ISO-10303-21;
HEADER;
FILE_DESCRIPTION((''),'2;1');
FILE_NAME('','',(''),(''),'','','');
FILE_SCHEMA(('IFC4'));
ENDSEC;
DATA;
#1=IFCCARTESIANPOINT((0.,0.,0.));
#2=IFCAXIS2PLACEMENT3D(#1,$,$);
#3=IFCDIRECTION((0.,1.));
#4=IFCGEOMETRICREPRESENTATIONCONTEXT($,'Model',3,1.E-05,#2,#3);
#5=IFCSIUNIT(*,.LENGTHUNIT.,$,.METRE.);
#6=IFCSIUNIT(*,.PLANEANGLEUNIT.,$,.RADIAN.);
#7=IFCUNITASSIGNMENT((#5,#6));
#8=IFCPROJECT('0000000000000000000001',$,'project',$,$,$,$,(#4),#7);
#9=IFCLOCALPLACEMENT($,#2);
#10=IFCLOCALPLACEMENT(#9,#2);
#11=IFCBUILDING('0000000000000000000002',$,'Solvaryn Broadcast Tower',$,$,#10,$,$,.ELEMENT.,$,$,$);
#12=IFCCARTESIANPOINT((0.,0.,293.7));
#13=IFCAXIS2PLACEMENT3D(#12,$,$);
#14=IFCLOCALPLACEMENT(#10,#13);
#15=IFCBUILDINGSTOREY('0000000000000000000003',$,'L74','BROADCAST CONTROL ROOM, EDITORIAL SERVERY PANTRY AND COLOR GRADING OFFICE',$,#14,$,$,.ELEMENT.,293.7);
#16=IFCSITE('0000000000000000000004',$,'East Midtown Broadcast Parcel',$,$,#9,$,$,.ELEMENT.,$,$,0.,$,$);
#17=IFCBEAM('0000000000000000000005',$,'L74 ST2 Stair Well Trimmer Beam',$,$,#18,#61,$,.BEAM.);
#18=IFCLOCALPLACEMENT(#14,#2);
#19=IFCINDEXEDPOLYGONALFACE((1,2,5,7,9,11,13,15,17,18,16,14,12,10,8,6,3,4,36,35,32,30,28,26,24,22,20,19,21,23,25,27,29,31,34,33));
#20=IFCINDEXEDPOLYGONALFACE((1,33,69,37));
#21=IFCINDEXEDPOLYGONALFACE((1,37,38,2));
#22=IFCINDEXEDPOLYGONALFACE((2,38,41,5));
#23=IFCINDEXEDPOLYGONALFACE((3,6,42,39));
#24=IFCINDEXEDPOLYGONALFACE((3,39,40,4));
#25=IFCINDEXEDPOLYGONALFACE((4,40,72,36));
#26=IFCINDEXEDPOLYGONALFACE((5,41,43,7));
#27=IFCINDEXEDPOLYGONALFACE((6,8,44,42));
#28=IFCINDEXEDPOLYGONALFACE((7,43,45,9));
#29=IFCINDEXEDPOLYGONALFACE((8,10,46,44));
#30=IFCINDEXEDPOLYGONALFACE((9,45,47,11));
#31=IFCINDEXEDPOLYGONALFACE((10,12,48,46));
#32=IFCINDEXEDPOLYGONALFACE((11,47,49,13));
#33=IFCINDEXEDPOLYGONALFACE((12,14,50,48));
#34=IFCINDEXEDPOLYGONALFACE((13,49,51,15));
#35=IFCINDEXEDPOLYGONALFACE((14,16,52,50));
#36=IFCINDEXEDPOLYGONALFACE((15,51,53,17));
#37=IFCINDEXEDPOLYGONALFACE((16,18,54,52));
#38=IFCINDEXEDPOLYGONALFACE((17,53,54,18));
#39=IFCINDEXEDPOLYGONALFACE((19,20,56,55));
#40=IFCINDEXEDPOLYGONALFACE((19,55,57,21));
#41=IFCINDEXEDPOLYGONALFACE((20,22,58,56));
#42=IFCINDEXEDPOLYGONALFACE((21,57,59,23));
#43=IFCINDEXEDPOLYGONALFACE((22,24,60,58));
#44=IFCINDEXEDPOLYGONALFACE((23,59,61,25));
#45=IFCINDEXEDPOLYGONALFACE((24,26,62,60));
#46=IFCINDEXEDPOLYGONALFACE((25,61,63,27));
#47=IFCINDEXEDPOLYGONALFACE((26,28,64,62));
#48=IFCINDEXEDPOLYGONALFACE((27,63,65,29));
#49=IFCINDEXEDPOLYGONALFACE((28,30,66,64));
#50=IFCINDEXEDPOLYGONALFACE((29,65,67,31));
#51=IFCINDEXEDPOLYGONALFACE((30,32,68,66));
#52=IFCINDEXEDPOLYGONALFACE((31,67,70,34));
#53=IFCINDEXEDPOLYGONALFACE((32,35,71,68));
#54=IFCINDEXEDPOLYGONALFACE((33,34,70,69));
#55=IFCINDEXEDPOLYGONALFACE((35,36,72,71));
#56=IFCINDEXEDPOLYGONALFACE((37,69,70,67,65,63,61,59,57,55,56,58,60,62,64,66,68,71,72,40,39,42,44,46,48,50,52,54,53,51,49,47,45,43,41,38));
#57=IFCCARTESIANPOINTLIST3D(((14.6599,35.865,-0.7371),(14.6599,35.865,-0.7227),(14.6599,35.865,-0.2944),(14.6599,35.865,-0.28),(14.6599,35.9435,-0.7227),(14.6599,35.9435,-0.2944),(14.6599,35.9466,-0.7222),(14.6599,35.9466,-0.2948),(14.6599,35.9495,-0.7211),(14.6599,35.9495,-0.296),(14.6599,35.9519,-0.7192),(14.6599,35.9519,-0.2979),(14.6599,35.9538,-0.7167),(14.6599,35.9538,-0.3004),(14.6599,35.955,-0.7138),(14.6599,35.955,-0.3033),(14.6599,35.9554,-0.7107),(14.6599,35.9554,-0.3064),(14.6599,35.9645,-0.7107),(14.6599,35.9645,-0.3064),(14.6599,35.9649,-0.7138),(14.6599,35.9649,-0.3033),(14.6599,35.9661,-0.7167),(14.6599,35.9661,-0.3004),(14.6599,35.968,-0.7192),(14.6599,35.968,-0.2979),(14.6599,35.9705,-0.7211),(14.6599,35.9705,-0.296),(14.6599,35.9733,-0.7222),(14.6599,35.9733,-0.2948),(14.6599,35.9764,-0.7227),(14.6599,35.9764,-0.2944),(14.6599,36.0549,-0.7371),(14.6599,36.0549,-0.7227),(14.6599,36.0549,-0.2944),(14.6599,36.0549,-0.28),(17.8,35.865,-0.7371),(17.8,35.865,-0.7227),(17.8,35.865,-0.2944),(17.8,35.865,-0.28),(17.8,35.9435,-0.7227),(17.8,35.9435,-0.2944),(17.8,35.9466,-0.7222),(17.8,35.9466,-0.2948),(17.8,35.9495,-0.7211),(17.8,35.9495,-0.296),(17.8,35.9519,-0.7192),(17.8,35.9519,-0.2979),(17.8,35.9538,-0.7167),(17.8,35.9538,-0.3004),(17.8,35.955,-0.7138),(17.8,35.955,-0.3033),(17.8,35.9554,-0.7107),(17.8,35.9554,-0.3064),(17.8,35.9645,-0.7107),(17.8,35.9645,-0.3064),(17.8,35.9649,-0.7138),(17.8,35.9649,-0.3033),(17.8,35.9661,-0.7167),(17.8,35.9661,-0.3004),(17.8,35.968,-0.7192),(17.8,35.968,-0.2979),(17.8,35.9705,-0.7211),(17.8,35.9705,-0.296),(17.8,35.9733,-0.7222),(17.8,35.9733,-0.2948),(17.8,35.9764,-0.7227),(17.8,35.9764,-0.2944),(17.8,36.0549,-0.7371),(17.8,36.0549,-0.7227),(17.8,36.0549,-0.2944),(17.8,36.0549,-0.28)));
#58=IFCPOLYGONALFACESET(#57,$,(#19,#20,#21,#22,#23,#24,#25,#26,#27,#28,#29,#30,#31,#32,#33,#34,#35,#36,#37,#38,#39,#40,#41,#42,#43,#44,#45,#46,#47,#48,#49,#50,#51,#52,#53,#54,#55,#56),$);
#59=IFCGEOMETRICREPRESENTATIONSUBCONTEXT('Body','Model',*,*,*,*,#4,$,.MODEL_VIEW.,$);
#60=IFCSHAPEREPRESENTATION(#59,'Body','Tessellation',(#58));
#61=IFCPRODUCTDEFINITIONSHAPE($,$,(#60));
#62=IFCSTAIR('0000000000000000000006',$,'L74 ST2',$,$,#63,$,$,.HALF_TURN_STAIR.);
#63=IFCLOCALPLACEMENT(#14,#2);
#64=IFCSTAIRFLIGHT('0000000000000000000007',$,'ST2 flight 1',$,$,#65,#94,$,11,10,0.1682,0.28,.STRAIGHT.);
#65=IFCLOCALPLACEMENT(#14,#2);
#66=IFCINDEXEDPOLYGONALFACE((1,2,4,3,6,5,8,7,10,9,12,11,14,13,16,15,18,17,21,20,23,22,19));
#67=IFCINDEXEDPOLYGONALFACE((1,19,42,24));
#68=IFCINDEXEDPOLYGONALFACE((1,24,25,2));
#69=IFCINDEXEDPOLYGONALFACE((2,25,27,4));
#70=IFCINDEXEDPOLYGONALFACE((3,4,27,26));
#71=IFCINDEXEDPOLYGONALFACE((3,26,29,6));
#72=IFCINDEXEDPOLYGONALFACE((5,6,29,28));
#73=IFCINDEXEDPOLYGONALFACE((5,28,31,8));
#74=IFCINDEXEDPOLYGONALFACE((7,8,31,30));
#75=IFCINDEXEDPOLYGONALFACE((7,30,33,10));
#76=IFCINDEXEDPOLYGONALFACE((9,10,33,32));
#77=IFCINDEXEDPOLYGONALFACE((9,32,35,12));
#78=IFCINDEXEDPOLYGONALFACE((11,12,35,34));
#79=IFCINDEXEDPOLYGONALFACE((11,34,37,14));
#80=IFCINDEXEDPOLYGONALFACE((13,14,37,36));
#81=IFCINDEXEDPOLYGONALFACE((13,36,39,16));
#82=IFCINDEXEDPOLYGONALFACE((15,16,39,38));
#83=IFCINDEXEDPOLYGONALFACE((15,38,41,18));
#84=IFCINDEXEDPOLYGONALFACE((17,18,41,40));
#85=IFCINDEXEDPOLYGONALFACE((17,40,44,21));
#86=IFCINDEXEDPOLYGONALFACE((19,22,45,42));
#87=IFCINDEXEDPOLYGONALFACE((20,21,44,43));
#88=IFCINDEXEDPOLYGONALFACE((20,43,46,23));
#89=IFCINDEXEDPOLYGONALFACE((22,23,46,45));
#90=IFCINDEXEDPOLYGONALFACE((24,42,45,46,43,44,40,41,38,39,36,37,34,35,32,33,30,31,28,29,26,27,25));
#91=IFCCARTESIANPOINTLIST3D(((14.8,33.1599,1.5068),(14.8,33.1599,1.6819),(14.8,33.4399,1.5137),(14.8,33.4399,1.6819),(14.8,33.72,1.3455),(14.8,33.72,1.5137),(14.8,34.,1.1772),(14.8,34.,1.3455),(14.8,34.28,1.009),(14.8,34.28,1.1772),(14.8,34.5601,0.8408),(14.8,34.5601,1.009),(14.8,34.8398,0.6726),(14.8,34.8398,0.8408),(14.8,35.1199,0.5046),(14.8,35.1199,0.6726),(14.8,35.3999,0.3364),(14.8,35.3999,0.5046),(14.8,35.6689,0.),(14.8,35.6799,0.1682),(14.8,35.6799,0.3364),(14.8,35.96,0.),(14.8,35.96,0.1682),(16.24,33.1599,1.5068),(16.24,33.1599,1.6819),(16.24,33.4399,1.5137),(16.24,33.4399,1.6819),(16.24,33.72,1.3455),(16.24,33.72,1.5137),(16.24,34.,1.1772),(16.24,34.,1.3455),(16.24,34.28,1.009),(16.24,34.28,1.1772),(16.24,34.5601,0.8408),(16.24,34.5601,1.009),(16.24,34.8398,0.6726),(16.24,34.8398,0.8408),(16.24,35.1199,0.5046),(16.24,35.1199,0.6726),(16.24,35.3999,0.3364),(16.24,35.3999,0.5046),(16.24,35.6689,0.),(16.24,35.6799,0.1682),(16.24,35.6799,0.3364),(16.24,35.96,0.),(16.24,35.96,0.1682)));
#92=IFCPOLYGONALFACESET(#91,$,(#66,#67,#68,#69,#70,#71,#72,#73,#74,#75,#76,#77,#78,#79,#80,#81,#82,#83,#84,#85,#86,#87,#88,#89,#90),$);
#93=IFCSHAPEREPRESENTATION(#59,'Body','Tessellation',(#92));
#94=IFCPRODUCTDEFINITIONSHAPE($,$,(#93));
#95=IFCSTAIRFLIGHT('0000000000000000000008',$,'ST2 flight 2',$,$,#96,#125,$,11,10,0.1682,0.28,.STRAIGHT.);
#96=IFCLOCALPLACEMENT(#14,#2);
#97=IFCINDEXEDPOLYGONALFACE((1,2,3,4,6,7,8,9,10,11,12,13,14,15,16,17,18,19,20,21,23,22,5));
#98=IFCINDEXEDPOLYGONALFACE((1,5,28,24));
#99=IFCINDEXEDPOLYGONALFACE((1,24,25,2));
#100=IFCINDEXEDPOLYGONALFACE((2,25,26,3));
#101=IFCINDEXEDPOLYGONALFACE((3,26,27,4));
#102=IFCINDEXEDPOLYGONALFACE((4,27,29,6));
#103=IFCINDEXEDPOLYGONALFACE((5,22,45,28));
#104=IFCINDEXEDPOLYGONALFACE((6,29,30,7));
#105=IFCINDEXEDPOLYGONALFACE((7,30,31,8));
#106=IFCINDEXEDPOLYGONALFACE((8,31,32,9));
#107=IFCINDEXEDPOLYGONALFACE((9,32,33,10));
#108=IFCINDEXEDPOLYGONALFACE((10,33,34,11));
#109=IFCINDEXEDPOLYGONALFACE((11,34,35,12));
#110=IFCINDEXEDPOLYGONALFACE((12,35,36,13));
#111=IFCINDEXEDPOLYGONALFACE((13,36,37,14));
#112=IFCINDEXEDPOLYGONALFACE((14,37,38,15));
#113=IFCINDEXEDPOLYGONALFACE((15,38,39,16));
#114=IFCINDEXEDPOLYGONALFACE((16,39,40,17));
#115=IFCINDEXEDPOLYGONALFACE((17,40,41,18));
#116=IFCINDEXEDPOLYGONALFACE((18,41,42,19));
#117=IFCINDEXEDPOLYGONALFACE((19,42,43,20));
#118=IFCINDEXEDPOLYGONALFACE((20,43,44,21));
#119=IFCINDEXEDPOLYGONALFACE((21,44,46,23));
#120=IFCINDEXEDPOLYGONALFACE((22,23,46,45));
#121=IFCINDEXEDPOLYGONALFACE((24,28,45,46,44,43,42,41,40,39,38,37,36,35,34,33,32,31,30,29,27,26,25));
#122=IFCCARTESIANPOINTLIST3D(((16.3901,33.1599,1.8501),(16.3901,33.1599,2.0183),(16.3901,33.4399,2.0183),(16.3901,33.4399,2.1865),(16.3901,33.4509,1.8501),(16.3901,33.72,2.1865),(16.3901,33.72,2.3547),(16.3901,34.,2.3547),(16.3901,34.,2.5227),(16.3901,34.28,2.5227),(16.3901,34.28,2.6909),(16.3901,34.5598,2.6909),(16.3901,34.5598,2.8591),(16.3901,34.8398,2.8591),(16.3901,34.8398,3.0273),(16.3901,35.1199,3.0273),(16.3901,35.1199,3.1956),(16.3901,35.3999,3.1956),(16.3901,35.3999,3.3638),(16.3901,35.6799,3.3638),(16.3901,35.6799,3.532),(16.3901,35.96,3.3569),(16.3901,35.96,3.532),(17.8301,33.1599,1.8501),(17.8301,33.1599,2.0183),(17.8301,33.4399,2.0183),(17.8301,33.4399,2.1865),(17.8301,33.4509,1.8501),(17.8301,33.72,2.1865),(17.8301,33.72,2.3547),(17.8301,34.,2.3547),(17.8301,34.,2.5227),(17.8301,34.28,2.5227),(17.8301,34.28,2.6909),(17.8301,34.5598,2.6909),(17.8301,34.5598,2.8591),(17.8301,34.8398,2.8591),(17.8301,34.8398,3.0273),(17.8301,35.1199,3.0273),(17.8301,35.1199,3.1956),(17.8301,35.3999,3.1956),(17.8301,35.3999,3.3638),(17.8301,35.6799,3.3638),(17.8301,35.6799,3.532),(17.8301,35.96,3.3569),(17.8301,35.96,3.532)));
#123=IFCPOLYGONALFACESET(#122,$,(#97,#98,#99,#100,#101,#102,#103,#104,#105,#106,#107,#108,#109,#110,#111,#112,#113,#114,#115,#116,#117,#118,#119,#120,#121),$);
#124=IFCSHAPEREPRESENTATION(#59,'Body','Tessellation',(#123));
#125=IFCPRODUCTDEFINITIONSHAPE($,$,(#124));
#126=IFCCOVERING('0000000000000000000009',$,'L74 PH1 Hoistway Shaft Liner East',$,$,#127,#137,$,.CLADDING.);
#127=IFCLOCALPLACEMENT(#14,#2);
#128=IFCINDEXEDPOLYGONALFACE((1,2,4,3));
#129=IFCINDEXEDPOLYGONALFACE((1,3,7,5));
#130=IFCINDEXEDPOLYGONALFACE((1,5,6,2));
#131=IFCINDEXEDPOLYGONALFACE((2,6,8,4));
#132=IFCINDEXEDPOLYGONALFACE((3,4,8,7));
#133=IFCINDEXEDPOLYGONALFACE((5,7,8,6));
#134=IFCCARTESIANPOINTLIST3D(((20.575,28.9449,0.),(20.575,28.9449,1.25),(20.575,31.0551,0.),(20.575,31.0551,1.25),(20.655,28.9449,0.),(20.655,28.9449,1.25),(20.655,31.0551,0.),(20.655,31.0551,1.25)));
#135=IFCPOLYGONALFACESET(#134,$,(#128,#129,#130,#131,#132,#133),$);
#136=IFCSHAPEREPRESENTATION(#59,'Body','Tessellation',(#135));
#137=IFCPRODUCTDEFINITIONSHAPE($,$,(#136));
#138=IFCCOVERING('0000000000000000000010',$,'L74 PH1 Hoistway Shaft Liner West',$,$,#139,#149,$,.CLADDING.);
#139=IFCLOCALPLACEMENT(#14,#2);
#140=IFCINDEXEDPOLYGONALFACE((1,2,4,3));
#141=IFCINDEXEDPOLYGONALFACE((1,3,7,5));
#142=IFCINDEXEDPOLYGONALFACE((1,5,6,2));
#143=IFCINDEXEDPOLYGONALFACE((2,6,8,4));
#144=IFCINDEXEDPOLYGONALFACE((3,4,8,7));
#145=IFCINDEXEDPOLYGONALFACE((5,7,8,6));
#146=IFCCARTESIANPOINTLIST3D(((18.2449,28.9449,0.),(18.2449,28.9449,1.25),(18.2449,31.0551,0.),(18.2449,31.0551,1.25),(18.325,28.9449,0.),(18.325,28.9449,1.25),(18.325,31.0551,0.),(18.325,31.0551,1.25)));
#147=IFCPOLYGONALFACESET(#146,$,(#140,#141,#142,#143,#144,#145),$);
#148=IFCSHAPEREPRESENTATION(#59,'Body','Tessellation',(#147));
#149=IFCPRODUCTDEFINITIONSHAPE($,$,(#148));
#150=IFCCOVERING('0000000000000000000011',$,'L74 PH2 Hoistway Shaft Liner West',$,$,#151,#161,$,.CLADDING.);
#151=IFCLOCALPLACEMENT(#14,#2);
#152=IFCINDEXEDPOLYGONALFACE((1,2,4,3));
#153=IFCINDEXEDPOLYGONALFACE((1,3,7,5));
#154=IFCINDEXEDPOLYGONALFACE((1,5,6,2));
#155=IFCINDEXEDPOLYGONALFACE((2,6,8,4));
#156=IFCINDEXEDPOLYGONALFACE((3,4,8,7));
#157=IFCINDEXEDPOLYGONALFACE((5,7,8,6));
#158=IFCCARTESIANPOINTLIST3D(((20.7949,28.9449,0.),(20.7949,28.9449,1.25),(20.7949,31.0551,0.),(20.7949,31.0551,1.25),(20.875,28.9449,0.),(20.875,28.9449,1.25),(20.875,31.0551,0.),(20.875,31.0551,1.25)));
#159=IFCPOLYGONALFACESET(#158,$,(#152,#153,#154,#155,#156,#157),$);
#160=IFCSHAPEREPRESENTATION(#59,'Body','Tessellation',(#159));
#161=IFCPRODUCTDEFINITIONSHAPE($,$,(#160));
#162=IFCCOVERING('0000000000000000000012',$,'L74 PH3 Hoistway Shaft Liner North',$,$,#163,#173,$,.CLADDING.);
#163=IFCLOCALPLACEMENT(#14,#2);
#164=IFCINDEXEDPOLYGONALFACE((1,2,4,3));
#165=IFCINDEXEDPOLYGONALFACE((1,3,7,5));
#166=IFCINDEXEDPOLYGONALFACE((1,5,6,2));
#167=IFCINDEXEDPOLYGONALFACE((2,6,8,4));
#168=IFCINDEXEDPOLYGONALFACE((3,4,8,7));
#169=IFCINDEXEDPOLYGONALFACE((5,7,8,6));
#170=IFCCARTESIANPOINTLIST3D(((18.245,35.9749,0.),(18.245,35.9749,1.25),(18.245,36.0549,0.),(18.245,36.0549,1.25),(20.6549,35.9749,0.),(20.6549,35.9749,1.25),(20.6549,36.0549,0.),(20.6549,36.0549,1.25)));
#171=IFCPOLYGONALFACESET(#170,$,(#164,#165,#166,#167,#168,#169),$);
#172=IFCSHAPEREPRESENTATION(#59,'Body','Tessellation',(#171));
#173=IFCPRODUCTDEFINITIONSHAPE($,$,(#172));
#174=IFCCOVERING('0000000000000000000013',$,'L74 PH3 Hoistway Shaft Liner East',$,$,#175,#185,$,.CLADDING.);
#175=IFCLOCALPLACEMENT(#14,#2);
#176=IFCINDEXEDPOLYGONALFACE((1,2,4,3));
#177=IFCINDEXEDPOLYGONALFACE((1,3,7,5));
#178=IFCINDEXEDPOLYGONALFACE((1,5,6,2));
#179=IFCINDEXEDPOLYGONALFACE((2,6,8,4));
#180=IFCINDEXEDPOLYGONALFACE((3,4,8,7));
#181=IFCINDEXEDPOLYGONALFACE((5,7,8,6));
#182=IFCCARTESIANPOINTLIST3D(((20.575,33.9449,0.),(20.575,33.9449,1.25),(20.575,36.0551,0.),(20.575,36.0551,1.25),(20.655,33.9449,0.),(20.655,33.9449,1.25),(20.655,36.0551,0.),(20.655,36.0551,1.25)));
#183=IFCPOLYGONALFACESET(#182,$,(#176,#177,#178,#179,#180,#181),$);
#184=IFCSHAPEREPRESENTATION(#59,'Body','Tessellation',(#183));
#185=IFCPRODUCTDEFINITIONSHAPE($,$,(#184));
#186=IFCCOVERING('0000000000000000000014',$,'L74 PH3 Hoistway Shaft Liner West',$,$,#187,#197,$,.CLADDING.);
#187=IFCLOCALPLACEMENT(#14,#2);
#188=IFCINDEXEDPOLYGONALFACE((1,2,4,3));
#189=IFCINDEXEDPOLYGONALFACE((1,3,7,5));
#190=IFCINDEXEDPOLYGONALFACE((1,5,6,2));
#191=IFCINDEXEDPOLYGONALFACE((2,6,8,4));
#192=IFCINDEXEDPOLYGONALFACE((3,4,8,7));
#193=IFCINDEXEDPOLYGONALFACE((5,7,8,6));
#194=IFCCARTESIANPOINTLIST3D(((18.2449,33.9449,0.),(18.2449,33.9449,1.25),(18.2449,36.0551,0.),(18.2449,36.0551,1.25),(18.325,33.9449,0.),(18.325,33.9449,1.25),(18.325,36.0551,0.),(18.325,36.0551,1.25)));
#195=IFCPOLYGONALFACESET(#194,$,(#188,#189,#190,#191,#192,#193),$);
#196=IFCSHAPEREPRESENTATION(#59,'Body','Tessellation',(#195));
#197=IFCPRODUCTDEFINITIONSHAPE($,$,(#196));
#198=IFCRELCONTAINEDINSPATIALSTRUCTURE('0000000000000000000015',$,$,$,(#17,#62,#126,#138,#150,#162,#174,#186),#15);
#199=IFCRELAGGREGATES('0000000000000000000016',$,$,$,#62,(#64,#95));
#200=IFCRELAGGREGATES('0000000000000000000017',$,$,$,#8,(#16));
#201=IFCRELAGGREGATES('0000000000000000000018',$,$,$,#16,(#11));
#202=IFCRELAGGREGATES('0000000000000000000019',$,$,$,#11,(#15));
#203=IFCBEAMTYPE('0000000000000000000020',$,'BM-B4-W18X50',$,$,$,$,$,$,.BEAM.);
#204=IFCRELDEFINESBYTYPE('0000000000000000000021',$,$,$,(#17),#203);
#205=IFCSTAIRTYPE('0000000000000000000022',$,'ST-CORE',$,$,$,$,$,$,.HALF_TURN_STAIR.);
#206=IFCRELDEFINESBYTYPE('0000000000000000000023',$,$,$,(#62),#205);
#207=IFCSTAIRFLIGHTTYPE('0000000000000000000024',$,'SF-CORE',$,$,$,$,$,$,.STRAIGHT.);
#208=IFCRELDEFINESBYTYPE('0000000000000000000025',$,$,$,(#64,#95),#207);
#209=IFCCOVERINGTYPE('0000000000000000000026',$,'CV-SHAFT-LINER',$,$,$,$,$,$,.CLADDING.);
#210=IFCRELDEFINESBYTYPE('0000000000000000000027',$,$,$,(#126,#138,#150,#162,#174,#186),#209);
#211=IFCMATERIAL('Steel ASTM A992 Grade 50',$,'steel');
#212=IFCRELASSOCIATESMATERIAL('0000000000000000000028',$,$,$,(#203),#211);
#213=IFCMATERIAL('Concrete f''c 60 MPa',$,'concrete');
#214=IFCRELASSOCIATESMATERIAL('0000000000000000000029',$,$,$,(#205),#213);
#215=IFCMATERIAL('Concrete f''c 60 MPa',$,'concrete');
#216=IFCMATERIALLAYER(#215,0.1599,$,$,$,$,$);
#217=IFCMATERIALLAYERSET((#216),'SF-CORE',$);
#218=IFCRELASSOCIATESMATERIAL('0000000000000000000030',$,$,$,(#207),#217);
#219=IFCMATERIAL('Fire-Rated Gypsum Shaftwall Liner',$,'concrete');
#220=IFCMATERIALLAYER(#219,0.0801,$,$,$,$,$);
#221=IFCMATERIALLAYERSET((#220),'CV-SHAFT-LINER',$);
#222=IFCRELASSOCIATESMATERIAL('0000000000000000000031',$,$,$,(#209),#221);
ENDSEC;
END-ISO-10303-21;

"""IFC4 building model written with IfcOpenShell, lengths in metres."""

from ifc_helpers import new_model, si_unit, direction, frame, origin, origin_2d, place, context, subcontext, project, spatial, polyline, rectangle, i_section, outline, extrude, material, layer, layer_set, material_profile, profile_set, type_object, element, aggregate, save


model = new_model("IFC4")

# Units and contexts
model_context = context("Model", 3, precision=1e-05, world=origin(), true_north=direction((0.0, 1.0)))
body_context = subcontext(model_context, "Body", "Model", "MODEL_VIEW")
ifc_project = project(units=[si_unit("LENGTHUNIT", "METRE"), si_unit("PLANEANGLEUNIT", "RADIAN")], contexts=[model_context])

# Site, building, storey
site_placement = place(None, origin())
site = spatial("IfcSite", under=ifc_project, at=site_placement, Name="East Midtown Broadcast Parcel", CompositionType="ELEMENT", RefElevation=0.0)
building_placement = place(site_placement, origin())
building = spatial("IfcBuilding", under=site, at=building_placement, Name="Solvaryn Broadcast Tower", CompositionType="ELEMENT")
storey_placement = place(building_placement, frame((0.0, 0.0, 293.7)))
storey = spatial("IfcBuildingStorey", under=building, at=storey_placement, Name="L74", Description="BROADCAST CONTROL ROOM, EDITORIAL SERVERY PANTRY AND COLOR GRADING OFFICE", CompositionType="ELEMENT", Elevation=293.7)

# Beam
ifc_material_1 = material(Name="Steel ASTM A992 Grade 50", Category="steel")
ifc_material_profile = material_profile(ifc_material_1, i_section(OverallWidth=0.1899, OverallDepth=0.457, WebThickness=0.009, FlangeThickness=0.0144, FilletRadius=0.012, at=origin_2d()))
ifc_profile_set = profile_set([ifc_material_profile], Name="Steel ASTM A992 Grade 50")
beam_type = type_object("IfcBeamType", Name="BM-B4-W18X50", PredefinedType="BEAM", material=ifc_profile_set)
beam_placement = place(storey_placement, frame((14.6599, 35.96, -0.5085), z_axis=(1.0, 0.0, 0.0), x_axis=(0.0, 1.0, 0.0)))
element("IfcBeam", 1, at=beam_placement, inside=storey, type_object=beam_type, Name="L74 ST2 Stair Well Trimmer Beam", PredefinedType="BEAM", context=body_context, shape_type="SweptSolid", body=[
    extrude(i_section(OverallWidth=0.1899, OverallDepth=0.457, WebThickness=0.009, FlangeThickness=0.0144, FilletRadius=0.012, at=origin_2d()), origin(), (0.0, 0.0, 1.0), 3.1401),
])

# Stair, stair flights
ifc_material_2 = material(Name="Concrete f'c 60 MPa", Category="concrete")
stair_type = type_object("IfcStairType", Name="ST-CORE", PredefinedType="HALF_TURN_STAIR", material=ifc_material_2)
stair_placement = place(storey_placement, origin())
stair = element("IfcStair", 2, at=stair_placement, inside=storey, type_object=stair_type, Name="L74 ST2", PredefinedType="HALF_TURN_STAIR")
ifc_material_3 = material(Name="Concrete f'c 60 MPa", Category="concrete")
ifc_layer_1 = layer(ifc_material_3, 0.1599)
ifc_layer_set_1 = layer_set([ifc_layer_1], Name="SF-CORE")
stair_flight_type = type_object("IfcStairFlightType", Name="SF-CORE", PredefinedType="STRAIGHT", material=ifc_layer_set_1)
stair_flight_1_placement = place(storey_placement, frame((15.52, 35.96, 0.0), z_axis=(0.0, 0.0, 1.0), x_axis=(0.0, -1.0, 0.0)))
stair_flight_1 = element("IfcStairFlight", 3, at=stair_flight_1_placement, type_object=stair_flight_type, Name="ST2 flight 1", NumberOfRisers=11, NumberOfTreads=10, PredefinedType="STRAIGHT", RiserHeight=0.1682, TreadLength=0.28, context=body_context, shape_type="SweptSolid", body=[
    extrude(outline(polyline([(0.0, 0.0), (0.0, 0.1682), (0.28, 0.1682), (0.28, 0.3364), (0.5601, 0.3364), (0.5601, 0.5046), (0.8401, 0.5046), (0.8401, 0.6726), (1.1201, 0.6726), (1.1201, 0.8408), (1.3999, 0.8408), (1.3999, 1.009), (1.6799, 1.009), (1.6799, 1.1772), (1.96, 1.1772), (1.96, 1.3455), (2.24, 1.3455), (2.24, 1.5137), (2.52, 1.5137), (2.52, 1.6819), (2.8, 1.6819), (2.8, 1.8501), (2.8, 1.5068), (0.291, 0.0), (0.0, 0.0)])), frame((0.0, 0.72, 0.0), z_axis=(0.0, -1.0, 0.0), x_axis=(1.0, 0.0, 0.0)), (0.0, 0.0, 1.0), 1.4399),
])
stair_flight_2_placement = place(storey_placement, frame((17.1101, 33.1599, 1.8501), z_axis=(0.0, 0.0, 1.0), x_axis=(0.0, 1.0, 0.0)))
stair_flight_2 = element("IfcStairFlight", 4, at=stair_flight_2_placement, type_object=stair_flight_type, Name="ST2 flight 2", NumberOfRisers=11, NumberOfTreads=10, PredefinedType="STRAIGHT", RiserHeight=0.1682, TreadLength=0.28, context=body_context, shape_type="SweptSolid", body=[
    extrude(outline(polyline([(0.0, 0.0), (0.0, 0.1682), (0.28, 0.1682), (0.28, 0.3364), (0.5601, 0.3364), (0.5601, 0.5046), (0.8401, 0.5046), (0.8401, 0.6726), (1.1201, 0.6726), (1.1201, 0.8408), (1.3999, 0.8408), (1.3999, 1.009), (1.6799, 1.009), (1.6799, 1.1772), (1.96, 1.1772), (1.96, 1.3455), (2.24, 1.3455), (2.24, 1.5137), (2.52, 1.5137), (2.52, 1.6819), (2.8, 1.6819), (2.8, 1.8501), (2.8, 1.5068), (0.291, 0.0), (0.0, 0.0)])), frame((0.0, 0.72, 0.0), z_axis=(0.0, -1.0, 0.0), x_axis=(1.0, 0.0, 0.0)), (0.0, 0.0, 1.0), 1.4399),
])
aggregate(stair, [stair_flight_1, stair_flight_2])

# Coverings
ifc_material_4 = material(Name="Fire-Rated Gypsum Shaftwall Liner", Category="concrete")
ifc_layer_2 = layer(ifc_material_4, 0.0801)
ifc_layer_set_2 = layer_set([ifc_layer_2], Name="CV-SHAFT-LINER")
covering_type = type_object("IfcCoveringType", Name="CV-SHAFT-LINER", PredefinedType="CLADDING", material=ifc_layer_set_2)
for number, where, z_axis, x_axis, name in (
    (5, (20.615, 30.0, 0.0), (0.0, 0.0, 1.0), (1.0, 0.0, 0.0), "L74 PH1 Hoistway Shaft Liner East"),
    (6, (18.2849, 30.0, 0.0), (0.0, 0.0, 1.0), (1.0, 0.0, 0.0), "L74 PH1 Hoistway Shaft Liner West"),
    (7, (20.835, 30.0, 0.0), (0.0, 0.0, 1.0), (1.0, 0.0, 0.0), "L74 PH2 Hoistway Shaft Liner West"),
):
    element("IfcCovering", number, at=place(storey_placement, frame(where, z_axis=z_axis, x_axis=x_axis)), inside=storey, type_object=covering_type, Name=name, PredefinedType="CLADDING", context=body_context, shape_type="SweptSolid", body=[
        extrude(rectangle(XDim=0.0801, YDim=2.1101, at=origin_2d()), origin(), (0.0, 0.0, 1.0), 1.25),
    ])
covering_placement = place(storey_placement, frame((19.45, 36.0149, 0.0), z_axis=(0.0, 0.0, 1.0), x_axis=(1.0, 0.0, 0.0)))
element("IfcCovering", 8, at=covering_placement, inside=storey, type_object=covering_type, Name="L74 PH3 Hoistway Shaft Liner North", PredefinedType="CLADDING", context=body_context, shape_type="SweptSolid", body=[
    extrude(rectangle(XDim=2.4099, YDim=0.0801, at=origin_2d()), origin(), (0.0, 0.0, 1.0), 1.25),
])
for number, where, z_axis, x_axis, name in (
    (9, (20.615, 35.0, 0.0), (0.0, 0.0, 1.0), (1.0, 0.0, 0.0), "L74 PH3 Hoistway Shaft Liner East"),
    (10, (18.2849, 35.0, 0.0), (0.0, 0.0, 1.0), (1.0, 0.0, 0.0), "L74 PH3 Hoistway Shaft Liner West"),
):
    element("IfcCovering", number, at=place(storey_placement, frame(where, z_axis=z_axis, x_axis=x_axis)), inside=storey, type_object=covering_type, Name=name, PredefinedType="CLADDING", context=body_context, shape_type="SweptSolid", body=[
        extrude(rectangle(XDim=0.0801, YDim=2.1101, at=origin_2d()), origin(), (0.0, 0.0, 1.0), 1.25),
    ])

save(model, "model.ifc")
